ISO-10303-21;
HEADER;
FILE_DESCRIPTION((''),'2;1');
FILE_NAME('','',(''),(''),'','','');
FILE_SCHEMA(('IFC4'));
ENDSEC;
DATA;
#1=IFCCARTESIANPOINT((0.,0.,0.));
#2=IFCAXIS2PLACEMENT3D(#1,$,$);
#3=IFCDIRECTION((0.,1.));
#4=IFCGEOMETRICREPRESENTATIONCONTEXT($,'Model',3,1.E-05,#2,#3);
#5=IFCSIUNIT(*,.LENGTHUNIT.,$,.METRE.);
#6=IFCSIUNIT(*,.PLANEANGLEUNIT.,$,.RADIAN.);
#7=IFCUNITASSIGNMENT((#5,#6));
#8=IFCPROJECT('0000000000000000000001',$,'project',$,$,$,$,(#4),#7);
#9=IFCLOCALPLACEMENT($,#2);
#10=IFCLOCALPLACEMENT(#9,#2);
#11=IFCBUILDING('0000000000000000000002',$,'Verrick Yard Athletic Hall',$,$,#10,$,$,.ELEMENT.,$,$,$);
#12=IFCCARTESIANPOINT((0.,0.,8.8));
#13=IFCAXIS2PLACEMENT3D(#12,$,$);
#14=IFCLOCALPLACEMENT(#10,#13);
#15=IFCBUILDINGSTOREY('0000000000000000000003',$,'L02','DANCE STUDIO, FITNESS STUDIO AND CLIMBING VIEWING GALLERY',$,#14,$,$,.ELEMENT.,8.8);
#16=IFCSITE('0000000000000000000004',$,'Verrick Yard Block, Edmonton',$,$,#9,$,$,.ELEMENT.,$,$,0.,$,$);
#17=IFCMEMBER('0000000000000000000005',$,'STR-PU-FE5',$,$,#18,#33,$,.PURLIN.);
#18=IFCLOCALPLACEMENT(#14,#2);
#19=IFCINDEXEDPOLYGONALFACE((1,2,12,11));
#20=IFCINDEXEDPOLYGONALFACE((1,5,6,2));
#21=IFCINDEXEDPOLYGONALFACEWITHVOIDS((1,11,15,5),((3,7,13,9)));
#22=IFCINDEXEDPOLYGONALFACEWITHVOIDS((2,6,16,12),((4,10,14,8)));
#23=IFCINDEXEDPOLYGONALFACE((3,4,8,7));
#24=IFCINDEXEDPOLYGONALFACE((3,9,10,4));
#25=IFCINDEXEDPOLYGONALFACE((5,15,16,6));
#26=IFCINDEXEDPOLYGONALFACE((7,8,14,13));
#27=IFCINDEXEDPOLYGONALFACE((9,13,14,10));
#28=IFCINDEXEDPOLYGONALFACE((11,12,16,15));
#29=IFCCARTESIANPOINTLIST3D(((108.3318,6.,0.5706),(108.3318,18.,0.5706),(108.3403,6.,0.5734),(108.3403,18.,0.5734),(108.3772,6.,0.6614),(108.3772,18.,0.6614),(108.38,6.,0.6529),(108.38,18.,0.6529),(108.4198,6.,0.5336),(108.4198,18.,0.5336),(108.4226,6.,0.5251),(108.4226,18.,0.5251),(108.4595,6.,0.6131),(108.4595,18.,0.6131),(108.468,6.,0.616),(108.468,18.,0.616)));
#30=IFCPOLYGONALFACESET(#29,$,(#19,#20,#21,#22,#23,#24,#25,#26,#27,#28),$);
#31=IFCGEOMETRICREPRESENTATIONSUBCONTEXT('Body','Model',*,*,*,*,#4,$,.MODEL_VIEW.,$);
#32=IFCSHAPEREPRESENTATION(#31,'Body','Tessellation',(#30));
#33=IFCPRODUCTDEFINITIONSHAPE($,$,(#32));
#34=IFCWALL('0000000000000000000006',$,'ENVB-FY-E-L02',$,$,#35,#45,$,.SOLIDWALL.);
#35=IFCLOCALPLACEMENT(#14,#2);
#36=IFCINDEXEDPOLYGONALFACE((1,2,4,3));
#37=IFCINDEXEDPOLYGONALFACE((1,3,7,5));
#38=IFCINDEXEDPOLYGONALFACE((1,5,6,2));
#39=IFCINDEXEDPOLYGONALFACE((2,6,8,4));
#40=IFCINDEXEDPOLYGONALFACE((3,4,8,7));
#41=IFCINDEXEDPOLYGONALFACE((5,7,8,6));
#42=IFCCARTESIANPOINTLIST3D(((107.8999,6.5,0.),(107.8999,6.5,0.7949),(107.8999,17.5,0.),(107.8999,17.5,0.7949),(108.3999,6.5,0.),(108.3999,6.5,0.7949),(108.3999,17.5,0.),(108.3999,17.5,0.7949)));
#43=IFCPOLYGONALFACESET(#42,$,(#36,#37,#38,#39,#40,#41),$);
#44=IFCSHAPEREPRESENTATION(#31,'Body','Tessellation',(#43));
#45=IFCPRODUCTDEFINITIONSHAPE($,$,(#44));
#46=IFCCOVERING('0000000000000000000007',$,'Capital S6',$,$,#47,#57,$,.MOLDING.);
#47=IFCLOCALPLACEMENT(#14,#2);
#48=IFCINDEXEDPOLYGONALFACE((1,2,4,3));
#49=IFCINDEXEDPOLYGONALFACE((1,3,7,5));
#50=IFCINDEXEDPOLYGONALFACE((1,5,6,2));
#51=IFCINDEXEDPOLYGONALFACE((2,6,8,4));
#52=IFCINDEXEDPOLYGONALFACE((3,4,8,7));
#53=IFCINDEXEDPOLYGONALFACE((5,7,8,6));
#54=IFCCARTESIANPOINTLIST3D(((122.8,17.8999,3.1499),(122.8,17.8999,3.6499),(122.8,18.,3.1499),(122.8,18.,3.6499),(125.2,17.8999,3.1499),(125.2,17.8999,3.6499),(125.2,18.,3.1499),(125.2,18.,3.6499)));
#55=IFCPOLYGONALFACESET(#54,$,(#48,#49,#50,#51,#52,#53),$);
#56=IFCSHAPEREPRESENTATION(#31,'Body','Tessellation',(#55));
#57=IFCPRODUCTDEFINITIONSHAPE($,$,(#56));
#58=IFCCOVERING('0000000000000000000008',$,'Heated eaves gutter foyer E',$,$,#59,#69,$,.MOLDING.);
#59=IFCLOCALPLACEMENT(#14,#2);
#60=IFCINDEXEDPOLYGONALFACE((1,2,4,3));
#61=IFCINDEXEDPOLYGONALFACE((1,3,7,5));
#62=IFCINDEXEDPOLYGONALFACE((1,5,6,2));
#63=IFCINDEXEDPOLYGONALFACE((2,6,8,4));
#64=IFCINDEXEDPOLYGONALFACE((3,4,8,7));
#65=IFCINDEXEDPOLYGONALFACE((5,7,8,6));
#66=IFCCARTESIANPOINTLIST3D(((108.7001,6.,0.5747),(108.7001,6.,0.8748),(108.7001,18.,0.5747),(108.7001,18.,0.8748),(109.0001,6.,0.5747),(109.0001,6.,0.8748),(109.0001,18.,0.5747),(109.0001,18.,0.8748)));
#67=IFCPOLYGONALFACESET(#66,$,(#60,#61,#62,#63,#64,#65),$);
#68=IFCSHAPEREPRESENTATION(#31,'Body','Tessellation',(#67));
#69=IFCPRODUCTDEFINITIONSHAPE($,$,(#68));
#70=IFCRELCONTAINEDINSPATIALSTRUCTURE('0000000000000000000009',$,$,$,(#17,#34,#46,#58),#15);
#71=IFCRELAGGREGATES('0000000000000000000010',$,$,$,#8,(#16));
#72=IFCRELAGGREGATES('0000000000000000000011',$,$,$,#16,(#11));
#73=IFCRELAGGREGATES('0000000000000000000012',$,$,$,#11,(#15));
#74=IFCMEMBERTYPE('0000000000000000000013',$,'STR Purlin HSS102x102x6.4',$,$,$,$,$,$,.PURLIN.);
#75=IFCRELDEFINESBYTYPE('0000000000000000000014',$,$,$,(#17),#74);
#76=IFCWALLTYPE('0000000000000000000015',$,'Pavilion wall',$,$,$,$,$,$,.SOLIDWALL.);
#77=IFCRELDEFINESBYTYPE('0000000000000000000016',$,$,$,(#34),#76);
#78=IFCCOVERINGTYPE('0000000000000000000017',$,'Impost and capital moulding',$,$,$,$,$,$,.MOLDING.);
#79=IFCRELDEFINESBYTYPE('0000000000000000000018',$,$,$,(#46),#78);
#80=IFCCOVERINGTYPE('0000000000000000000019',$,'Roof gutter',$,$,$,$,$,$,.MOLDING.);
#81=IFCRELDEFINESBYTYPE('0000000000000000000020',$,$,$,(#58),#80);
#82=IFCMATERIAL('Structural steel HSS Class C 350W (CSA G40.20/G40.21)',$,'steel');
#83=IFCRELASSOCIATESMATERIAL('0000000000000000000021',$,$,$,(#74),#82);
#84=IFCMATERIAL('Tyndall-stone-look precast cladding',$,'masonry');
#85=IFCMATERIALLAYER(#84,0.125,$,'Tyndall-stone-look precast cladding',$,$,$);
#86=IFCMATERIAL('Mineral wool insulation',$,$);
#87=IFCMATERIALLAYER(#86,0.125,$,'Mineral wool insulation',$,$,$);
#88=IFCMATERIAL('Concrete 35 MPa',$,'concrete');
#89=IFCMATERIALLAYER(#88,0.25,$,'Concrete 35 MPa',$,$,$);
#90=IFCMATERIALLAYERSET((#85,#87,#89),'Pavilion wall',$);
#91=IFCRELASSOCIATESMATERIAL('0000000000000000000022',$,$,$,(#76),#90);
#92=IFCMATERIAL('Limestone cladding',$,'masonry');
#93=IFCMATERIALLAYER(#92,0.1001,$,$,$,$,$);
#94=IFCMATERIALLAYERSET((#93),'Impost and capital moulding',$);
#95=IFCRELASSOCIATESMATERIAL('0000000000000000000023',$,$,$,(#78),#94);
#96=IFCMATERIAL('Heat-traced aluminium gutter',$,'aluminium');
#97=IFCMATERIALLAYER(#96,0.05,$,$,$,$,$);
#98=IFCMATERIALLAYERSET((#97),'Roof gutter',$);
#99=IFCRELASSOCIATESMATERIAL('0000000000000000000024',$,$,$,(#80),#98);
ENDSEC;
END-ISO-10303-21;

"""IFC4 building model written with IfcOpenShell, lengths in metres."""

from ifc_helpers import new_model, si_unit, direction, frame, frame_2d, origin, origin_2d, place, context, subcontext, project, spatial, rectangle, hollow_rectangle, extrude, material, layer, layer_set, material_profile, profile_set, type_object, element, save


model = new_model("IFC4")

# Units and contexts
model_context = context("Model", 3, precision=1e-05, world=origin(), true_north=direction((0.0, 1.0)))
body_context = subcontext(model_context, "Body", "Model", "MODEL_VIEW")
ifc_project = project(units=[si_unit("LENGTHUNIT", "METRE"), si_unit("PLANEANGLEUNIT", "RADIAN")], contexts=[model_context])

# Site, building, storey
site_placement = place(None, origin())
site = spatial("IfcSite", under=ifc_project, at=site_placement, Name="Verrick Yard Block, Edmonton", CompositionType="ELEMENT", RefElevation=0.0)
building_placement = place(site_placement, origin())
building = spatial("IfcBuilding", under=site, at=building_placement, Name="Verrick Yard Athletic Hall", CompositionType="ELEMENT")
storey_placement = place(building_placement, frame((0.0, 0.0, 8.8)))
storey = spatial("IfcBuildingStorey", under=building, at=storey_placement, Name="L02", Description="DANCE STUDIO, FITNESS STUDIO AND CLIMBING VIEWING GALLERY", CompositionType="ELEMENT", Elevation=8.8)

# Member
ifc_material_1 = material(Name="Structural steel HSS Class C 350W (CSA G40.20/G40.21)", Category="steel")
ifc_material_profile_1 = material_profile(ifc_material_1, hollow_rectangle(XDim=0.1016, YDim=0.1016, WallThickness=0.0063, at=origin_2d()), Name="HSS102x102x6.4")
ifc_profile_set_1 = profile_set([ifc_material_profile_1], Name="Structural steel HSS Class C 350W (CSA G40.20/G40.21)")
member_type_1 = type_object("IfcMemberType", Name="STR Purlin HSS102x102x6.4", PredefinedType="PURLIN", material=ifc_profile_set_1)
member_1_placement = place(storey_placement, frame((108.3999, 6.0, 0.5933), z_axis=(0.0, 1.0, 0.0), x_axis=(-0.894427, 0.0, 0.447214)))
element("IfcMember", 1, at=member_1_placement, inside=storey, type_object=member_type_1, Name="STR-PU-FE5", PredefinedType="PURLIN", context=body_context, shape_type="SweptSolid", body=[
    extrude(hollow_rectangle(XDim=0.1016, YDim=0.1016, WallThickness=0.0063, at=origin_2d()), origin(), (0.0, 0.0, 1.0), 12.0),
])

# Wall
ifc_material_2 = material(Name="Tyndall-stone-look precast cladding", Category="masonry")
ifc_layer_1 = layer(ifc_material_2, 0.125, Name="Tyndall-stone-look precast cladding")
ifc_material_3 = material(Name="Mineral wool insulation")
ifc_layer_2 = layer(ifc_material_3, 0.125, Name="Mineral wool insulation")
ifc_material_4 = material(Name="Concrete 35 MPa", Category="concrete")
ifc_layer_3 = layer(ifc_material_4, 0.25, Name="Concrete 35 MPa")
ifc_layer_set_1 = layer_set([ifc_layer_1, ifc_layer_2, ifc_layer_3], Name="Pavilion wall")
wall_type = type_object("IfcWallType", Name="Pavilion wall", PredefinedType="SOLIDWALL", material=ifc_layer_set_1)
wall_placement = place(storey_placement, frame((108.1499, 6.5, 0.0), z_axis=(0.0, 0.0, 1.0), x_axis=(0.0, 1.0, 0.0)))
element("IfcWall", 2, at=wall_placement, inside=storey, type_object=wall_type, Name="ENVB-FY-E-L02", PredefinedType="SOLIDWALL", context=body_context, shape_type="SweptSolid", body=[
    extrude(rectangle(XDim=11.0, YDim=0.5, at=frame_2d((5.5, 0.0))), origin(), (0.0, 0.0, 1.0), 0.7949),
])

# Coverings
ifc_material_5 = material(Name="Limestone cladding", Category="masonry")
ifc_layer_4 = layer(ifc_material_5, 0.1001)
ifc_layer_set_2 = layer_set([ifc_layer_4], Name="Impost and capital moulding")
covering_type_1 = type_object("IfcCoveringType", Name="Impost and capital moulding", PredefinedType="MOLDING", material=ifc_layer_set_2)
covering_1_placement = place(storey_placement, frame((124.0, 17.95, 3.1499), z_axis=(0.0, 0.0, 1.0), x_axis=(1.0, 0.0, 0.0)))
element("IfcCovering", 3, at=covering_1_placement, inside=storey, type_object=covering_type_1, Name="Capital S6", PredefinedType="MOLDING", context=body_context, shape_type="SweptSolid", body=[
    extrude(rectangle(XDim=2.3999, YDim=0.1001, at=origin_2d()), origin(), (0.0, 0.0, 1.0), 0.5),
])
ifc_material_6 = material(Name="Heat-traced aluminium gutter", Category="aluminium")
ifc_layer_5 = layer(ifc_material_6, 0.05)
ifc_layer_set_3 = layer_set([ifc_layer_5], Name="Roof gutter")
covering_type_2 = type_object("IfcCoveringType", Name="Roof gutter", PredefinedType="MOLDING", material=ifc_layer_set_3)
covering_2_placement = place(storey_placement, frame((108.8501, 12.0, 0.5747), z_axis=(0.0, 0.0, 1.0), x_axis=(1.0, 0.0, 0.0)))
element("IfcCovering", 4, at=covering_2_placement, inside=storey, type_object=covering_type_2, Name="Heated eaves gutter foyer E", PredefinedType="MOLDING", context=body_context, shape_type="SweptSolid", body=[
    extrude(rectangle(XDim=0.3, YDim=12.0, at=origin_2d()), origin(), (0.0, 0.0, 1.0), 0.3),
])

save(model, "model.ifc")
